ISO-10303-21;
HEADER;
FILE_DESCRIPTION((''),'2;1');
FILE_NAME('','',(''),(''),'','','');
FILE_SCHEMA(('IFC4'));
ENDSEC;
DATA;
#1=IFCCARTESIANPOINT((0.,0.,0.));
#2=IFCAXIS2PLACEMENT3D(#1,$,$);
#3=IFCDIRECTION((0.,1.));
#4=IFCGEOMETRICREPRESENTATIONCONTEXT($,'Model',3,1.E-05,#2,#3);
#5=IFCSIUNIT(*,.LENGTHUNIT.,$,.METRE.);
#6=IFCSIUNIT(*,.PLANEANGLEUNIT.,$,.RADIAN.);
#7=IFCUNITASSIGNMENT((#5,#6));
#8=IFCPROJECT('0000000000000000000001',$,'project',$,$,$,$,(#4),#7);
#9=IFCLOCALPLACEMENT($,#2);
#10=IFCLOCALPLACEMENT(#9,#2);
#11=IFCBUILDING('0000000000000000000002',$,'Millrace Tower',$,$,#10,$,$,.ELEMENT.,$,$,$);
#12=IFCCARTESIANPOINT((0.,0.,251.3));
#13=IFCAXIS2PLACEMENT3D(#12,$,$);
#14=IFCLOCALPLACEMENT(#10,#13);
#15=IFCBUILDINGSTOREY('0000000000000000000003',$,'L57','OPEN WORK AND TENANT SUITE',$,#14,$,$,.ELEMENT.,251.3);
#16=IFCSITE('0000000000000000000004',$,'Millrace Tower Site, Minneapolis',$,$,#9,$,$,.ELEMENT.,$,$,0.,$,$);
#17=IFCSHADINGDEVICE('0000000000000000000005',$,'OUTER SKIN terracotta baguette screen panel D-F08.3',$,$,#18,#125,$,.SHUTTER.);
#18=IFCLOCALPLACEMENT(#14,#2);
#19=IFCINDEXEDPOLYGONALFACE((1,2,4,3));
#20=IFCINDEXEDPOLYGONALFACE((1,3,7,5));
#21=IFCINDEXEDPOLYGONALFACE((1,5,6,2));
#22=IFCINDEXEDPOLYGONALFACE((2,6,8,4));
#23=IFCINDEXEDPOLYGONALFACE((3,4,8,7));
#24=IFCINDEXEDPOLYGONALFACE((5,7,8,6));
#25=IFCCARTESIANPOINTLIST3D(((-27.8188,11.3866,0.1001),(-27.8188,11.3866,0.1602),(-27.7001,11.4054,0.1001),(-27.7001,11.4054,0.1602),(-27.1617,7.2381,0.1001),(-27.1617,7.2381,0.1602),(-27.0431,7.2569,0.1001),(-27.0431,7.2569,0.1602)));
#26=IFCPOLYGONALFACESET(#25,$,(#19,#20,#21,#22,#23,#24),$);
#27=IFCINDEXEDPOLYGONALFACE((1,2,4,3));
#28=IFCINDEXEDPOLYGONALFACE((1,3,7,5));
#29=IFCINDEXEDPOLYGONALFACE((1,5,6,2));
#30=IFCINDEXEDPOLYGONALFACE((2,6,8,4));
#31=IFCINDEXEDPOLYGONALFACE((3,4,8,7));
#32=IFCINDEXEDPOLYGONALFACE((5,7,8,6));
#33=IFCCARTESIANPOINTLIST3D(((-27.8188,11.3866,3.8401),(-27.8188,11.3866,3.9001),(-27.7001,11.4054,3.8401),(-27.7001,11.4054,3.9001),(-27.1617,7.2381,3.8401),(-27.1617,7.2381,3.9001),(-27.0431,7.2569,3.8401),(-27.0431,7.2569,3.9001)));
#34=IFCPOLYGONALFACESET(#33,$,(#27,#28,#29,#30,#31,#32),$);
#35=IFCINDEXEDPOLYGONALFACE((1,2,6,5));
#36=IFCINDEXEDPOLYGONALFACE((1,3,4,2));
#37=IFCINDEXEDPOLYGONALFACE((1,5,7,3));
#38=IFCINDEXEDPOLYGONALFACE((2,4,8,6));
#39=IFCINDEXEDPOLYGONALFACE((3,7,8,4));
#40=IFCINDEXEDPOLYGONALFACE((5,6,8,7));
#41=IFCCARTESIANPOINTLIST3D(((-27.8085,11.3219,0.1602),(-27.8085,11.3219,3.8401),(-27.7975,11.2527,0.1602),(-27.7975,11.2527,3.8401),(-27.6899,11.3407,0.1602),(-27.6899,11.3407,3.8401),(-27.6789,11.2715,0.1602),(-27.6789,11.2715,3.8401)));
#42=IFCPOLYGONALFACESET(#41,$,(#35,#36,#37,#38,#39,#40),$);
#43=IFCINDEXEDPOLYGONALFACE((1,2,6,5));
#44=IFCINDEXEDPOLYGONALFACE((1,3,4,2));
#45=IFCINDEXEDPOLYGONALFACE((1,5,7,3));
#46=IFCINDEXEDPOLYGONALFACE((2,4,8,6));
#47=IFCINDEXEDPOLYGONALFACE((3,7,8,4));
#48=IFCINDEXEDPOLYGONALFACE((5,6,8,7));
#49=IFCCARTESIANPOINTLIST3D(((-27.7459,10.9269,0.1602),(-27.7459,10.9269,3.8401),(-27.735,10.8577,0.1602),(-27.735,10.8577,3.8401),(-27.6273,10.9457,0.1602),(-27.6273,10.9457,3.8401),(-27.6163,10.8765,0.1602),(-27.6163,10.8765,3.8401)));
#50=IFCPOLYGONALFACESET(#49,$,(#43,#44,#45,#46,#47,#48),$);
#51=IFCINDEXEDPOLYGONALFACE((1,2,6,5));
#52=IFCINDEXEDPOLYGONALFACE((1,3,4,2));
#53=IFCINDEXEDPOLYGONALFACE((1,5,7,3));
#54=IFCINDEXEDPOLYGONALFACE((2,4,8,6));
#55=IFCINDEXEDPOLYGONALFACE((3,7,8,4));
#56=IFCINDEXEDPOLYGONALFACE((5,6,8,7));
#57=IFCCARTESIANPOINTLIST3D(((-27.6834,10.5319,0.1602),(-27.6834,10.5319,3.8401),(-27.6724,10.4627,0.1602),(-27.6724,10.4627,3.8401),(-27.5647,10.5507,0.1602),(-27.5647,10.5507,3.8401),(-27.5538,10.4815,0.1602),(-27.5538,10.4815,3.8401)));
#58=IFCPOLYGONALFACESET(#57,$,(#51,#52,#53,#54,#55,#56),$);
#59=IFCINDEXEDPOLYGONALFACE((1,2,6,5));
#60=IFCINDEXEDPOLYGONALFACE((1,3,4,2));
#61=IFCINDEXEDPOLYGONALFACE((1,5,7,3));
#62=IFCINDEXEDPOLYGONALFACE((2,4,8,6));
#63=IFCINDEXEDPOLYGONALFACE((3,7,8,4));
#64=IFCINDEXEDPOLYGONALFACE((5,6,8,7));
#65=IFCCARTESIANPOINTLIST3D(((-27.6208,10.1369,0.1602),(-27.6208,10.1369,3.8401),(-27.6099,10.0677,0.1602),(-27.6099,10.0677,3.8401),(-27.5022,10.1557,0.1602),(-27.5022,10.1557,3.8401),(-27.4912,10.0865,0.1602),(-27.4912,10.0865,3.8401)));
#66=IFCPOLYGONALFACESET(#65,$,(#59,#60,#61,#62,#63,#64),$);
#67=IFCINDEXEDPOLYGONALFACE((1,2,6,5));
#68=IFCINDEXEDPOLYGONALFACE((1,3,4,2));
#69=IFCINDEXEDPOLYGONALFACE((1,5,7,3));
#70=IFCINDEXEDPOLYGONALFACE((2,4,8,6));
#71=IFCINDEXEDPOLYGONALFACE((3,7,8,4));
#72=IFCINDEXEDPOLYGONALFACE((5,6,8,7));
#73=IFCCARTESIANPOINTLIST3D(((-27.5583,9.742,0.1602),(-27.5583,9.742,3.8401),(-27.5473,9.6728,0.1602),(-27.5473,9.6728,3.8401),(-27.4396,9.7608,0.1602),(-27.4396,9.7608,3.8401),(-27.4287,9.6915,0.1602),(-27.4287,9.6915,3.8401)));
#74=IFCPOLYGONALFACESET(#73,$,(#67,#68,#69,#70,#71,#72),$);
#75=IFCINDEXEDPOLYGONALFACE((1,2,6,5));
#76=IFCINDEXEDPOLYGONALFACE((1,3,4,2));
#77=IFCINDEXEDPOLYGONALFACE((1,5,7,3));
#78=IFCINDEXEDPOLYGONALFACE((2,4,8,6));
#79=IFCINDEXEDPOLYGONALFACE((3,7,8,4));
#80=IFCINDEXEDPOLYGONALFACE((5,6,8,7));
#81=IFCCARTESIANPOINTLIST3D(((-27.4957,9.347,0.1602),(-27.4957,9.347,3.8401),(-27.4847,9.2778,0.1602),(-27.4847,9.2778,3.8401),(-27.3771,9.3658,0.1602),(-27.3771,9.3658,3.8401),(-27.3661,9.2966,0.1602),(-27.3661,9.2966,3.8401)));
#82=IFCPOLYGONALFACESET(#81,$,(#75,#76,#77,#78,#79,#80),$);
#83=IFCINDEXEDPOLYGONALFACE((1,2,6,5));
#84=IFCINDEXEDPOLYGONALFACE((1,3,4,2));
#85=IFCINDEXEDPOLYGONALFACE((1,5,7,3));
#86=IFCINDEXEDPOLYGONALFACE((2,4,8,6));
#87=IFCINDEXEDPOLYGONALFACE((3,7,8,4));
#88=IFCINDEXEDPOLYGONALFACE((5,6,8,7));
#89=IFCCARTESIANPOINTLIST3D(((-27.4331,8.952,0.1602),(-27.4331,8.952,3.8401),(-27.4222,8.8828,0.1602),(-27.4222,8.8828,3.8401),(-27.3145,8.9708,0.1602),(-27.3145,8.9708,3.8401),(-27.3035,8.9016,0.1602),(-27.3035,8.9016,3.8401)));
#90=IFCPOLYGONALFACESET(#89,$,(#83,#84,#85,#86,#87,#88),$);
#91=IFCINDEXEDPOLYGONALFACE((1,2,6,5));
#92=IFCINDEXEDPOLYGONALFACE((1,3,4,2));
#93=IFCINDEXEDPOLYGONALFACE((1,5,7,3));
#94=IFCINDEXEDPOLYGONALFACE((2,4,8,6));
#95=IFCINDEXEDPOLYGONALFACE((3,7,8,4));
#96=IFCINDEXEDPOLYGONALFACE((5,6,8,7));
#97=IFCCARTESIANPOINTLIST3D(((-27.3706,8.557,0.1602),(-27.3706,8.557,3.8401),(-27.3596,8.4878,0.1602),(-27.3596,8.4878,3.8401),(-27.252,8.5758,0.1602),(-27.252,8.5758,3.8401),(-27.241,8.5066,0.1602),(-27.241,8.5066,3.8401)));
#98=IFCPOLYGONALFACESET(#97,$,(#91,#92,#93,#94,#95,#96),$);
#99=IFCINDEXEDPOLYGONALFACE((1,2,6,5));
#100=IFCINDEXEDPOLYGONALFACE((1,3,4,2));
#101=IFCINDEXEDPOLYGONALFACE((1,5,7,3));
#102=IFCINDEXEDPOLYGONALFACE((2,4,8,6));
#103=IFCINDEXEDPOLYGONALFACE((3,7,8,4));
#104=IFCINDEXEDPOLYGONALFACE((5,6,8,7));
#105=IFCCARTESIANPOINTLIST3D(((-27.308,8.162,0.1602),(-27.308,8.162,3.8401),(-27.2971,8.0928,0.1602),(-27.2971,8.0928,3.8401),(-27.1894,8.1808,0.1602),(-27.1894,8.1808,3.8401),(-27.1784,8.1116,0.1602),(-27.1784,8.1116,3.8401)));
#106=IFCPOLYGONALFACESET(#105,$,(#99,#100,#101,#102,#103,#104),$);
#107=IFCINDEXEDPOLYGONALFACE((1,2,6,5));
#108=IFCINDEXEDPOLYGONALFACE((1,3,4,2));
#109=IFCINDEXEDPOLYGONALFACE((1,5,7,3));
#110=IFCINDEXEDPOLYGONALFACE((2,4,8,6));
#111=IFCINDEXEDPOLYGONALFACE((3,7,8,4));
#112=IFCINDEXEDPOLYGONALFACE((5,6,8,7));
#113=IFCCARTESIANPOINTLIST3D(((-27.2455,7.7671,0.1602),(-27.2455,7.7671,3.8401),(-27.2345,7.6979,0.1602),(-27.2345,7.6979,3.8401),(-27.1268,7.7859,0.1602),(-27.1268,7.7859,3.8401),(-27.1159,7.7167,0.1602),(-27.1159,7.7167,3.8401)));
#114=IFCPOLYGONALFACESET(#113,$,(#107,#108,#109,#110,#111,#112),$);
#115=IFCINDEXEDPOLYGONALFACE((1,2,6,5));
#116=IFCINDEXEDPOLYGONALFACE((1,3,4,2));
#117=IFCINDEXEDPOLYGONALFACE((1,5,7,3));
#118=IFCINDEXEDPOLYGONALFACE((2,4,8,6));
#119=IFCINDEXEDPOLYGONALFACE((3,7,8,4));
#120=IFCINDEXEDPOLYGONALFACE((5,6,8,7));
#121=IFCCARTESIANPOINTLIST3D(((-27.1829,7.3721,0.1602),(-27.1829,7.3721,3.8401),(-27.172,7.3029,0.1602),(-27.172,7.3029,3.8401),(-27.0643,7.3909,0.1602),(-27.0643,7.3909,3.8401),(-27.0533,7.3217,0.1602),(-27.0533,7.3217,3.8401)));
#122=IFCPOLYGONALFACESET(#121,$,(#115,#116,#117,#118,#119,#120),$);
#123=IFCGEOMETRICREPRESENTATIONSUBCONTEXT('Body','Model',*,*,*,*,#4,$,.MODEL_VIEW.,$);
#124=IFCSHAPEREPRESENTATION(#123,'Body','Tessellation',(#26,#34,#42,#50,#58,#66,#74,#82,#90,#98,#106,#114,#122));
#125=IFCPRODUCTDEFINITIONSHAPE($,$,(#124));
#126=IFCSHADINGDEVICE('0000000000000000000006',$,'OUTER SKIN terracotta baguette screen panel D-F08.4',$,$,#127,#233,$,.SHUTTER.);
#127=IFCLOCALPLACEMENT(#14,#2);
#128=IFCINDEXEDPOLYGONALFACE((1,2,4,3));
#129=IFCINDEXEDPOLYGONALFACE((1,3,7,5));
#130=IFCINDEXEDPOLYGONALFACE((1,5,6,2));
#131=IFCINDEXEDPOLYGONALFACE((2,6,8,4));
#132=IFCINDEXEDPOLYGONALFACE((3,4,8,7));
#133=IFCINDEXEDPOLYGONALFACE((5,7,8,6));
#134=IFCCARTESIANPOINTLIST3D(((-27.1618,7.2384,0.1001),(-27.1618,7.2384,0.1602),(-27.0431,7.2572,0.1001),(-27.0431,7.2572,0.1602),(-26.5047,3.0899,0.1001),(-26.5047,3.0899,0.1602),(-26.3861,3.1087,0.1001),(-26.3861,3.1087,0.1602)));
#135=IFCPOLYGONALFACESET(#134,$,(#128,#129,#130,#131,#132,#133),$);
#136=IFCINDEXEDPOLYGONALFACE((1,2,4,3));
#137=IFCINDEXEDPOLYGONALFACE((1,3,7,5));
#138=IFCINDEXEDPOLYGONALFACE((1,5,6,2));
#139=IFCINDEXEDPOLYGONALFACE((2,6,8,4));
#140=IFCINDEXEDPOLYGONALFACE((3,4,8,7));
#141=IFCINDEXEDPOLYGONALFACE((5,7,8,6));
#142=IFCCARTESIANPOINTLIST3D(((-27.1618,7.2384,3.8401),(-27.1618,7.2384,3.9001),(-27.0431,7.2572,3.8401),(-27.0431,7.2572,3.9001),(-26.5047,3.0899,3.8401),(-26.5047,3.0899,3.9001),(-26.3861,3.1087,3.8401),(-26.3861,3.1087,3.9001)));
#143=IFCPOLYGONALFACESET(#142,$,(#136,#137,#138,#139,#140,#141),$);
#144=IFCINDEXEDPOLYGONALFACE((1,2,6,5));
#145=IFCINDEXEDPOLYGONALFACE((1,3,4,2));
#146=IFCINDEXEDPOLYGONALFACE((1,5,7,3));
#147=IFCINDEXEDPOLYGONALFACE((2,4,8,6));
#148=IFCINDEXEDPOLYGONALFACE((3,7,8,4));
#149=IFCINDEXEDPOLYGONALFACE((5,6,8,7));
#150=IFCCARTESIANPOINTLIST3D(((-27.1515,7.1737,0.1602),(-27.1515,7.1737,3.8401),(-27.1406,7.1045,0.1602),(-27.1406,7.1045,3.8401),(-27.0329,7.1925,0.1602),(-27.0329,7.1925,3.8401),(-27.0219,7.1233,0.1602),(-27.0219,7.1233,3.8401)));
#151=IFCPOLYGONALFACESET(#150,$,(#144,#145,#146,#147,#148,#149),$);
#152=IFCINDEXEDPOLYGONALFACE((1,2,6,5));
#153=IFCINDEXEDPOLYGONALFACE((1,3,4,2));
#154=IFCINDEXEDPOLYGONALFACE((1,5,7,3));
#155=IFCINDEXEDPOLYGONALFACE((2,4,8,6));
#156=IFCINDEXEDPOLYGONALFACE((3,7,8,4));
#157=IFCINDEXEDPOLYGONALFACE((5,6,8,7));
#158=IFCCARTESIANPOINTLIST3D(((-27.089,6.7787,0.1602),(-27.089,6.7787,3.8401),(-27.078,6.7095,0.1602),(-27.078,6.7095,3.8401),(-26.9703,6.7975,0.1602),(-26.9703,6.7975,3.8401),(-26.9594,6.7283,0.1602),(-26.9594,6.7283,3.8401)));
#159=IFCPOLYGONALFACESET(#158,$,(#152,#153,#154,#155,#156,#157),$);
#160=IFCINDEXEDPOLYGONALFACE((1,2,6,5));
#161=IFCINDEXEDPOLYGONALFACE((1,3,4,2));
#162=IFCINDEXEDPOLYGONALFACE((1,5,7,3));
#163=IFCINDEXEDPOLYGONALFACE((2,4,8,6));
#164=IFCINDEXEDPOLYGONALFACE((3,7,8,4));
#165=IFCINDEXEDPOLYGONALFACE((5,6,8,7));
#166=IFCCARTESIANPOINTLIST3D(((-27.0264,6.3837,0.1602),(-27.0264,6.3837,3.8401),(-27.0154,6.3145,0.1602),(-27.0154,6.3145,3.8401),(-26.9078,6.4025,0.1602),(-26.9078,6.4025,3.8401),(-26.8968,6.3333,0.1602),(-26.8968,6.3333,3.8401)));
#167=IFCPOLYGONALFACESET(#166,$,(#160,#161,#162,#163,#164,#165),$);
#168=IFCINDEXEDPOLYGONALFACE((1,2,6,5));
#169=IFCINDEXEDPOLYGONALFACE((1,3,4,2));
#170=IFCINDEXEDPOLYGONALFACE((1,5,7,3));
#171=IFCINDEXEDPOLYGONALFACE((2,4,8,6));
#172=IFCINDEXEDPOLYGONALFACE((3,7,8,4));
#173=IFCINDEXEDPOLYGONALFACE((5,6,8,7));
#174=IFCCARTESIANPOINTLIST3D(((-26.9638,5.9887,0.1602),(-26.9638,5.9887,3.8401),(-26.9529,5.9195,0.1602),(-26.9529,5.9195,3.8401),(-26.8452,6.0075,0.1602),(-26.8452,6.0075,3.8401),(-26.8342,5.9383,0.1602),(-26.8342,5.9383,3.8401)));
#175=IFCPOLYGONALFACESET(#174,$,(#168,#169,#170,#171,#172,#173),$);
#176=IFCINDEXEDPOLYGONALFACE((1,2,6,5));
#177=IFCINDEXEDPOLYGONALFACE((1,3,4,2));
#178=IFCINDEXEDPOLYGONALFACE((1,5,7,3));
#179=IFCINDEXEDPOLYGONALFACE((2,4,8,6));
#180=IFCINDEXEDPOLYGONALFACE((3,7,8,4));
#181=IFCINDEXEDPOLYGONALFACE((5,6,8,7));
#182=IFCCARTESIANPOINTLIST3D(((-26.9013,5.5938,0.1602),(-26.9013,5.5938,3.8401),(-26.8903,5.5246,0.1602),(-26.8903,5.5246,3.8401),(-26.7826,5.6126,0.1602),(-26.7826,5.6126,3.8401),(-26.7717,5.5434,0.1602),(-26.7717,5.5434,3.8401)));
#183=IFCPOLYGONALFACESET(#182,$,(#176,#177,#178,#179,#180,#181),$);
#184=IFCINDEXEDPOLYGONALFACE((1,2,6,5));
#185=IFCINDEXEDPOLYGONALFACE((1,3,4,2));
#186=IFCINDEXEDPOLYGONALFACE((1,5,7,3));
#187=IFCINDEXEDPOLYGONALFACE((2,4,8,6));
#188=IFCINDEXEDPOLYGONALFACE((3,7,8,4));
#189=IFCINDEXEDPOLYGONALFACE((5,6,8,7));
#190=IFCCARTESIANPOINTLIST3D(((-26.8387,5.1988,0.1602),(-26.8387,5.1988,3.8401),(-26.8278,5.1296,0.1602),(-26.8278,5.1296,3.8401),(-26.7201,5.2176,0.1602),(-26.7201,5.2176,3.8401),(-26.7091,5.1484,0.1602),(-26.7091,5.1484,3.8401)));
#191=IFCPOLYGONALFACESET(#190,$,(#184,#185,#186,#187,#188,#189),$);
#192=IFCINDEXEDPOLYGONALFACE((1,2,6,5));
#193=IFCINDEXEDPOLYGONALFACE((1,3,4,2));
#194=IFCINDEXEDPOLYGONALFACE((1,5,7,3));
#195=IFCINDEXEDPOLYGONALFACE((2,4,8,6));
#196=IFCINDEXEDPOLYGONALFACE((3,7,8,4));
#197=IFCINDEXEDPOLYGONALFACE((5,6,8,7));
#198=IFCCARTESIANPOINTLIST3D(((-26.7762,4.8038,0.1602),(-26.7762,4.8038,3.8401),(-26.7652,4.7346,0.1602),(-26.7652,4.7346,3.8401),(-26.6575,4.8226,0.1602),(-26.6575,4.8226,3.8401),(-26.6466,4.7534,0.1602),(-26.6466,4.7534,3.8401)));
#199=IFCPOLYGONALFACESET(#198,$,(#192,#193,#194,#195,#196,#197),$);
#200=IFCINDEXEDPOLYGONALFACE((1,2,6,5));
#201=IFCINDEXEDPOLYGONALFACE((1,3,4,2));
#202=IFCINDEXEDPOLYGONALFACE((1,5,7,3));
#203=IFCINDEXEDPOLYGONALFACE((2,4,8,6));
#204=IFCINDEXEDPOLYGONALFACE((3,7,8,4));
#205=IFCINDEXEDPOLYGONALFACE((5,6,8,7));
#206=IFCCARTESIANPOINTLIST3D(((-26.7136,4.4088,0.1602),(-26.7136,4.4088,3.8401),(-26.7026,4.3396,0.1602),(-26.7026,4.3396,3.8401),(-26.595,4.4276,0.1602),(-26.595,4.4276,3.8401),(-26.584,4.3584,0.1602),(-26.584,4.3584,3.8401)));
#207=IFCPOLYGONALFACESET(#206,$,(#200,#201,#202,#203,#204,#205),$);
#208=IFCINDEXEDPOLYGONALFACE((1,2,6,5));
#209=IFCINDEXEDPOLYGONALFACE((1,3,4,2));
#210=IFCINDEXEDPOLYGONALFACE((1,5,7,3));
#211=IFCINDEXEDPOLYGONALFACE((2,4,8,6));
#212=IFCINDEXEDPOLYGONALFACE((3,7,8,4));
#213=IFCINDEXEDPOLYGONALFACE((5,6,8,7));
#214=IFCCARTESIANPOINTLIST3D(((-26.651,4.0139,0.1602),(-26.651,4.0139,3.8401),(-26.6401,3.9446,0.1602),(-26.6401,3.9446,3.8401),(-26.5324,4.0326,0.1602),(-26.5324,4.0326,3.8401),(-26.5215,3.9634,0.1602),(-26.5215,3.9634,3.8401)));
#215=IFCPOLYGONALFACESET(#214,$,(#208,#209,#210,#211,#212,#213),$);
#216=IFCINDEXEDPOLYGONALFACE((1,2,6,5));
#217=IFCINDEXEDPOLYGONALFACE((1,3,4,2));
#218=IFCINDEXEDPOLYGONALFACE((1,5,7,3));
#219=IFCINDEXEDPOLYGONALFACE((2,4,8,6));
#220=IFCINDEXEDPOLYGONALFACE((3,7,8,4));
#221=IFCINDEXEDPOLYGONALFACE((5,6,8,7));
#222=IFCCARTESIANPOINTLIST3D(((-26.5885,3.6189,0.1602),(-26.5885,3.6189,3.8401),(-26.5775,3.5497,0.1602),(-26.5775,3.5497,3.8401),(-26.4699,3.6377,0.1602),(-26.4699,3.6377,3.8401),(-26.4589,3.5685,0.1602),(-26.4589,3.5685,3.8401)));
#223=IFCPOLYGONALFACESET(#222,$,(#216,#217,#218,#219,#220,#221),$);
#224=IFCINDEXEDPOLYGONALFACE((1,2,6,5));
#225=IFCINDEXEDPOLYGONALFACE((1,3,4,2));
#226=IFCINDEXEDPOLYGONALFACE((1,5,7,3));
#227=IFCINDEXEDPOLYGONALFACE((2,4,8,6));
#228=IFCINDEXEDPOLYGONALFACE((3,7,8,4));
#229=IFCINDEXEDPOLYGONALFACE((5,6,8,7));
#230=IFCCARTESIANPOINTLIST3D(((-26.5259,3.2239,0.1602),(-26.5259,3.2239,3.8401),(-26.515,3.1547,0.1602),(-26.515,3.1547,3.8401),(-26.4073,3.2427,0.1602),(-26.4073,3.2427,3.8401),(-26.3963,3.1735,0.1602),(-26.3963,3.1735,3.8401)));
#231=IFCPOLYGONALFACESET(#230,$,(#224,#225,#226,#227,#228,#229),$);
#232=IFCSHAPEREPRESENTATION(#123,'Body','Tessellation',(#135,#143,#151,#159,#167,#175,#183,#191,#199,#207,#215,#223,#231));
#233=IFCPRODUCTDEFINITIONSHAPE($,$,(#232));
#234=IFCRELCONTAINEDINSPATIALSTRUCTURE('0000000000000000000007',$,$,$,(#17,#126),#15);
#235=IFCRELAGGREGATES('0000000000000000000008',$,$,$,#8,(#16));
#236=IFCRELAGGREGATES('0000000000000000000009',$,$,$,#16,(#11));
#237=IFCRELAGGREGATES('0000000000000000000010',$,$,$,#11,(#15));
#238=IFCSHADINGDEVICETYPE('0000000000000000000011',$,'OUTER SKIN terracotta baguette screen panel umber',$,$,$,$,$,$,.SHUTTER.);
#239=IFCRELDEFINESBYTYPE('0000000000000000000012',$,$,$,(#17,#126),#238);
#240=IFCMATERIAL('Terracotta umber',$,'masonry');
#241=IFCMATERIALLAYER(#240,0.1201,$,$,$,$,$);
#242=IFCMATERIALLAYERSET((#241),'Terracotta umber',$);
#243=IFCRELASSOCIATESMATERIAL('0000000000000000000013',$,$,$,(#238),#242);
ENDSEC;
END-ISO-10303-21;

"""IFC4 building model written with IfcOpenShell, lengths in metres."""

from ifc_helpers import new_model, entity, si_unit, direction, frame, frame_2d, origin, origin_2d, place, context, subcontext, project, spatial, rectangle, extrude, source, transform, mapped, material, layer, layer_set, type_object, element, save


model = new_model("IFC4")

# Units and contexts
model_context = context("Model", 3, precision=1e-05, world=origin(), true_north=direction((0.0, 1.0)))
body_context = subcontext(model_context, "Body", "Model", "MODEL_VIEW")
ifc_project = project(units=[si_unit("LENGTHUNIT", "METRE"), si_unit("PLANEANGLEUNIT", "RADIAN")], contexts=[model_context])

# Site, building, storey
site_placement = place(None, origin())
site = spatial("IfcSite", under=ifc_project, at=site_placement, Name="Millrace Tower Site, Minneapolis", CompositionType="ELEMENT", RefElevation=0.0)
building_placement = place(site_placement, origin())
building = spatial("IfcBuilding", under=site, at=building_placement, Name="Millrace Tower", CompositionType="ELEMENT")
storey_placement = place(building_placement, frame((0.0, 0.0, 251.3)))
storey = spatial("IfcBuildingStorey", under=building, at=storey_placement, Name="L57", Description="OPEN WORK AND TENANT SUITE", CompositionType="ELEMENT", Elevation=251.3)

# Shading devices
ifc_material_1 = material(Name="Terracotta umber", Category="masonry")
ifc_layer_1 = layer(ifc_material_1, 0.1201)
ifc_layer_set_1 = layer_set([ifc_layer_1], Name="Terracotta umber")
shading_device_type = type_object("IfcShadingDeviceType", Name="OUTER SKIN terracotta baguette screen panel umber", PredefinedType="SHUTTER", material=ifc_layer_set_1)
cartesian_point = entity("IfcCartesianPoint", [-2.1001, 0.0601])
shared_polyline = entity("IfcPolyline", [cartesian_point, entity("IfcCartesianPoint", [2.1001, 0.0601]), entity("IfcCartesianPoint", [2.1001, -0.0601]), entity("IfcCartesianPoint", [-2.1001, -0.0601]), cartesian_point])
shared_shape = source(origin(), body_context, "Body", "SweptSolid", [
    entity("IfcExtrudedAreaSolid", entity("IfcArbitraryClosedProfileDef", "AREA", None, shared_polyline), entity("IfcAxis2Placement3D", entity("IfcCartesianPoint", [0.0, 0.0, 0.0])), entity("IfcDirection", [0.0, 0.0, 1.0]), 0.0601),
    entity("IfcExtrudedAreaSolid", entity("IfcArbitraryClosedProfileDef", "AREA", None, shared_polyline), entity("IfcAxis2Placement3D", entity("IfcCartesianPoint", [0.0, 0.0, 3.74])), entity("IfcDirection", [0.0, 0.0, 1.0]), 0.0601),
    extrude(rectangle(XDim=0.0701, YDim=0.1201, at=frame_2d((-1.9995, 0.0))), frame((0.0, 0.0, 0.0601)), (0.0, 0.0, 1.0), 3.6799),
    extrude(rectangle(XDim=0.0701, YDim=0.1201, at=frame_2d((-1.5996, 0.0))), frame((0.0, 0.0, 0.0601)), (0.0, 0.0, 1.0), 3.6799),
    extrude(rectangle(XDim=0.0701, YDim=0.1201, at=frame_2d((-1.1997, 0.0))), frame((0.0, 0.0, 0.0601)), (0.0, 0.0, 1.0), 3.6799),
    extrude(rectangle(XDim=0.0701, YDim=0.1201, at=frame_2d((-0.7998, 0.0))), frame((0.0, 0.0, 0.0601)), (0.0, 0.0, 1.0), 3.6799),
    extrude(rectangle(XDim=0.0701, YDim=0.1201, at=frame_2d((-0.3999, 0.0))), frame((0.0, 0.0, 0.0601)), (0.0, 0.0, 1.0), 3.6799),
    extrude(rectangle(XDim=0.0701, YDim=0.1201, at=origin_2d()), frame((0.0, 0.0, 0.0601)), (0.0, 0.0, 1.0), 3.6799),
    extrude(rectangle(XDim=0.0701, YDim=0.1201, at=frame_2d((0.3999, 0.0))), frame((0.0, 0.0, 0.0601)), (0.0, 0.0, 1.0), 3.6799),
    extrude(rectangle(XDim=0.0701, YDim=0.1201, at=frame_2d((0.7998, 0.0))), frame((0.0, 0.0, 0.0601)), (0.0, 0.0, 1.0), 3.6799),
    extrude(rectangle(XDim=0.0701, YDim=0.1201, at=frame_2d((1.1997, 0.0))), frame((0.0, 0.0, 0.0601)), (0.0, 0.0, 1.0), 3.6799),
    extrude(rectangle(XDim=0.0701, YDim=0.1201, at=frame_2d((1.5996, 0.0))), frame((0.0, 0.0, 0.0601)), (0.0, 0.0, 1.0), 3.6799),
    extrude(rectangle(XDim=0.0701, YDim=0.1201, at=frame_2d((1.9995, 0.0))), frame((0.0, 0.0, 0.0601)), (0.0, 0.0, 1.0), 3.6799),
])
for number, where, z_axis, x_axis, name in (
    (1, (-27.4309, 9.3218, 0.1001), (0.0, 0.0, 1.0), (0.156434, -0.987688, 0.0), "OUTER SKIN terracotta baguette screen panel D-F08.3"),
    (2, (-26.7739, 5.1736, 0.1001), (0.0, 0.0, 1.0), (0.156434, -0.987688, 0.0), "OUTER SKIN terracotta baguette screen panel D-F08.4"),
):
    element("IfcShadingDevice", number, at=place(storey_placement, frame(where, z_axis=z_axis, x_axis=x_axis)), inside=storey, type_object=shading_device_type, Name=name, PredefinedType="SHUTTER", context=body_context, shape_type="MappedRepresentation", body=[
        mapped(shared_shape, transform((0.0, 0.0, 0.0), scale=1.0)),
    ])

save(model, "model.ifc")
